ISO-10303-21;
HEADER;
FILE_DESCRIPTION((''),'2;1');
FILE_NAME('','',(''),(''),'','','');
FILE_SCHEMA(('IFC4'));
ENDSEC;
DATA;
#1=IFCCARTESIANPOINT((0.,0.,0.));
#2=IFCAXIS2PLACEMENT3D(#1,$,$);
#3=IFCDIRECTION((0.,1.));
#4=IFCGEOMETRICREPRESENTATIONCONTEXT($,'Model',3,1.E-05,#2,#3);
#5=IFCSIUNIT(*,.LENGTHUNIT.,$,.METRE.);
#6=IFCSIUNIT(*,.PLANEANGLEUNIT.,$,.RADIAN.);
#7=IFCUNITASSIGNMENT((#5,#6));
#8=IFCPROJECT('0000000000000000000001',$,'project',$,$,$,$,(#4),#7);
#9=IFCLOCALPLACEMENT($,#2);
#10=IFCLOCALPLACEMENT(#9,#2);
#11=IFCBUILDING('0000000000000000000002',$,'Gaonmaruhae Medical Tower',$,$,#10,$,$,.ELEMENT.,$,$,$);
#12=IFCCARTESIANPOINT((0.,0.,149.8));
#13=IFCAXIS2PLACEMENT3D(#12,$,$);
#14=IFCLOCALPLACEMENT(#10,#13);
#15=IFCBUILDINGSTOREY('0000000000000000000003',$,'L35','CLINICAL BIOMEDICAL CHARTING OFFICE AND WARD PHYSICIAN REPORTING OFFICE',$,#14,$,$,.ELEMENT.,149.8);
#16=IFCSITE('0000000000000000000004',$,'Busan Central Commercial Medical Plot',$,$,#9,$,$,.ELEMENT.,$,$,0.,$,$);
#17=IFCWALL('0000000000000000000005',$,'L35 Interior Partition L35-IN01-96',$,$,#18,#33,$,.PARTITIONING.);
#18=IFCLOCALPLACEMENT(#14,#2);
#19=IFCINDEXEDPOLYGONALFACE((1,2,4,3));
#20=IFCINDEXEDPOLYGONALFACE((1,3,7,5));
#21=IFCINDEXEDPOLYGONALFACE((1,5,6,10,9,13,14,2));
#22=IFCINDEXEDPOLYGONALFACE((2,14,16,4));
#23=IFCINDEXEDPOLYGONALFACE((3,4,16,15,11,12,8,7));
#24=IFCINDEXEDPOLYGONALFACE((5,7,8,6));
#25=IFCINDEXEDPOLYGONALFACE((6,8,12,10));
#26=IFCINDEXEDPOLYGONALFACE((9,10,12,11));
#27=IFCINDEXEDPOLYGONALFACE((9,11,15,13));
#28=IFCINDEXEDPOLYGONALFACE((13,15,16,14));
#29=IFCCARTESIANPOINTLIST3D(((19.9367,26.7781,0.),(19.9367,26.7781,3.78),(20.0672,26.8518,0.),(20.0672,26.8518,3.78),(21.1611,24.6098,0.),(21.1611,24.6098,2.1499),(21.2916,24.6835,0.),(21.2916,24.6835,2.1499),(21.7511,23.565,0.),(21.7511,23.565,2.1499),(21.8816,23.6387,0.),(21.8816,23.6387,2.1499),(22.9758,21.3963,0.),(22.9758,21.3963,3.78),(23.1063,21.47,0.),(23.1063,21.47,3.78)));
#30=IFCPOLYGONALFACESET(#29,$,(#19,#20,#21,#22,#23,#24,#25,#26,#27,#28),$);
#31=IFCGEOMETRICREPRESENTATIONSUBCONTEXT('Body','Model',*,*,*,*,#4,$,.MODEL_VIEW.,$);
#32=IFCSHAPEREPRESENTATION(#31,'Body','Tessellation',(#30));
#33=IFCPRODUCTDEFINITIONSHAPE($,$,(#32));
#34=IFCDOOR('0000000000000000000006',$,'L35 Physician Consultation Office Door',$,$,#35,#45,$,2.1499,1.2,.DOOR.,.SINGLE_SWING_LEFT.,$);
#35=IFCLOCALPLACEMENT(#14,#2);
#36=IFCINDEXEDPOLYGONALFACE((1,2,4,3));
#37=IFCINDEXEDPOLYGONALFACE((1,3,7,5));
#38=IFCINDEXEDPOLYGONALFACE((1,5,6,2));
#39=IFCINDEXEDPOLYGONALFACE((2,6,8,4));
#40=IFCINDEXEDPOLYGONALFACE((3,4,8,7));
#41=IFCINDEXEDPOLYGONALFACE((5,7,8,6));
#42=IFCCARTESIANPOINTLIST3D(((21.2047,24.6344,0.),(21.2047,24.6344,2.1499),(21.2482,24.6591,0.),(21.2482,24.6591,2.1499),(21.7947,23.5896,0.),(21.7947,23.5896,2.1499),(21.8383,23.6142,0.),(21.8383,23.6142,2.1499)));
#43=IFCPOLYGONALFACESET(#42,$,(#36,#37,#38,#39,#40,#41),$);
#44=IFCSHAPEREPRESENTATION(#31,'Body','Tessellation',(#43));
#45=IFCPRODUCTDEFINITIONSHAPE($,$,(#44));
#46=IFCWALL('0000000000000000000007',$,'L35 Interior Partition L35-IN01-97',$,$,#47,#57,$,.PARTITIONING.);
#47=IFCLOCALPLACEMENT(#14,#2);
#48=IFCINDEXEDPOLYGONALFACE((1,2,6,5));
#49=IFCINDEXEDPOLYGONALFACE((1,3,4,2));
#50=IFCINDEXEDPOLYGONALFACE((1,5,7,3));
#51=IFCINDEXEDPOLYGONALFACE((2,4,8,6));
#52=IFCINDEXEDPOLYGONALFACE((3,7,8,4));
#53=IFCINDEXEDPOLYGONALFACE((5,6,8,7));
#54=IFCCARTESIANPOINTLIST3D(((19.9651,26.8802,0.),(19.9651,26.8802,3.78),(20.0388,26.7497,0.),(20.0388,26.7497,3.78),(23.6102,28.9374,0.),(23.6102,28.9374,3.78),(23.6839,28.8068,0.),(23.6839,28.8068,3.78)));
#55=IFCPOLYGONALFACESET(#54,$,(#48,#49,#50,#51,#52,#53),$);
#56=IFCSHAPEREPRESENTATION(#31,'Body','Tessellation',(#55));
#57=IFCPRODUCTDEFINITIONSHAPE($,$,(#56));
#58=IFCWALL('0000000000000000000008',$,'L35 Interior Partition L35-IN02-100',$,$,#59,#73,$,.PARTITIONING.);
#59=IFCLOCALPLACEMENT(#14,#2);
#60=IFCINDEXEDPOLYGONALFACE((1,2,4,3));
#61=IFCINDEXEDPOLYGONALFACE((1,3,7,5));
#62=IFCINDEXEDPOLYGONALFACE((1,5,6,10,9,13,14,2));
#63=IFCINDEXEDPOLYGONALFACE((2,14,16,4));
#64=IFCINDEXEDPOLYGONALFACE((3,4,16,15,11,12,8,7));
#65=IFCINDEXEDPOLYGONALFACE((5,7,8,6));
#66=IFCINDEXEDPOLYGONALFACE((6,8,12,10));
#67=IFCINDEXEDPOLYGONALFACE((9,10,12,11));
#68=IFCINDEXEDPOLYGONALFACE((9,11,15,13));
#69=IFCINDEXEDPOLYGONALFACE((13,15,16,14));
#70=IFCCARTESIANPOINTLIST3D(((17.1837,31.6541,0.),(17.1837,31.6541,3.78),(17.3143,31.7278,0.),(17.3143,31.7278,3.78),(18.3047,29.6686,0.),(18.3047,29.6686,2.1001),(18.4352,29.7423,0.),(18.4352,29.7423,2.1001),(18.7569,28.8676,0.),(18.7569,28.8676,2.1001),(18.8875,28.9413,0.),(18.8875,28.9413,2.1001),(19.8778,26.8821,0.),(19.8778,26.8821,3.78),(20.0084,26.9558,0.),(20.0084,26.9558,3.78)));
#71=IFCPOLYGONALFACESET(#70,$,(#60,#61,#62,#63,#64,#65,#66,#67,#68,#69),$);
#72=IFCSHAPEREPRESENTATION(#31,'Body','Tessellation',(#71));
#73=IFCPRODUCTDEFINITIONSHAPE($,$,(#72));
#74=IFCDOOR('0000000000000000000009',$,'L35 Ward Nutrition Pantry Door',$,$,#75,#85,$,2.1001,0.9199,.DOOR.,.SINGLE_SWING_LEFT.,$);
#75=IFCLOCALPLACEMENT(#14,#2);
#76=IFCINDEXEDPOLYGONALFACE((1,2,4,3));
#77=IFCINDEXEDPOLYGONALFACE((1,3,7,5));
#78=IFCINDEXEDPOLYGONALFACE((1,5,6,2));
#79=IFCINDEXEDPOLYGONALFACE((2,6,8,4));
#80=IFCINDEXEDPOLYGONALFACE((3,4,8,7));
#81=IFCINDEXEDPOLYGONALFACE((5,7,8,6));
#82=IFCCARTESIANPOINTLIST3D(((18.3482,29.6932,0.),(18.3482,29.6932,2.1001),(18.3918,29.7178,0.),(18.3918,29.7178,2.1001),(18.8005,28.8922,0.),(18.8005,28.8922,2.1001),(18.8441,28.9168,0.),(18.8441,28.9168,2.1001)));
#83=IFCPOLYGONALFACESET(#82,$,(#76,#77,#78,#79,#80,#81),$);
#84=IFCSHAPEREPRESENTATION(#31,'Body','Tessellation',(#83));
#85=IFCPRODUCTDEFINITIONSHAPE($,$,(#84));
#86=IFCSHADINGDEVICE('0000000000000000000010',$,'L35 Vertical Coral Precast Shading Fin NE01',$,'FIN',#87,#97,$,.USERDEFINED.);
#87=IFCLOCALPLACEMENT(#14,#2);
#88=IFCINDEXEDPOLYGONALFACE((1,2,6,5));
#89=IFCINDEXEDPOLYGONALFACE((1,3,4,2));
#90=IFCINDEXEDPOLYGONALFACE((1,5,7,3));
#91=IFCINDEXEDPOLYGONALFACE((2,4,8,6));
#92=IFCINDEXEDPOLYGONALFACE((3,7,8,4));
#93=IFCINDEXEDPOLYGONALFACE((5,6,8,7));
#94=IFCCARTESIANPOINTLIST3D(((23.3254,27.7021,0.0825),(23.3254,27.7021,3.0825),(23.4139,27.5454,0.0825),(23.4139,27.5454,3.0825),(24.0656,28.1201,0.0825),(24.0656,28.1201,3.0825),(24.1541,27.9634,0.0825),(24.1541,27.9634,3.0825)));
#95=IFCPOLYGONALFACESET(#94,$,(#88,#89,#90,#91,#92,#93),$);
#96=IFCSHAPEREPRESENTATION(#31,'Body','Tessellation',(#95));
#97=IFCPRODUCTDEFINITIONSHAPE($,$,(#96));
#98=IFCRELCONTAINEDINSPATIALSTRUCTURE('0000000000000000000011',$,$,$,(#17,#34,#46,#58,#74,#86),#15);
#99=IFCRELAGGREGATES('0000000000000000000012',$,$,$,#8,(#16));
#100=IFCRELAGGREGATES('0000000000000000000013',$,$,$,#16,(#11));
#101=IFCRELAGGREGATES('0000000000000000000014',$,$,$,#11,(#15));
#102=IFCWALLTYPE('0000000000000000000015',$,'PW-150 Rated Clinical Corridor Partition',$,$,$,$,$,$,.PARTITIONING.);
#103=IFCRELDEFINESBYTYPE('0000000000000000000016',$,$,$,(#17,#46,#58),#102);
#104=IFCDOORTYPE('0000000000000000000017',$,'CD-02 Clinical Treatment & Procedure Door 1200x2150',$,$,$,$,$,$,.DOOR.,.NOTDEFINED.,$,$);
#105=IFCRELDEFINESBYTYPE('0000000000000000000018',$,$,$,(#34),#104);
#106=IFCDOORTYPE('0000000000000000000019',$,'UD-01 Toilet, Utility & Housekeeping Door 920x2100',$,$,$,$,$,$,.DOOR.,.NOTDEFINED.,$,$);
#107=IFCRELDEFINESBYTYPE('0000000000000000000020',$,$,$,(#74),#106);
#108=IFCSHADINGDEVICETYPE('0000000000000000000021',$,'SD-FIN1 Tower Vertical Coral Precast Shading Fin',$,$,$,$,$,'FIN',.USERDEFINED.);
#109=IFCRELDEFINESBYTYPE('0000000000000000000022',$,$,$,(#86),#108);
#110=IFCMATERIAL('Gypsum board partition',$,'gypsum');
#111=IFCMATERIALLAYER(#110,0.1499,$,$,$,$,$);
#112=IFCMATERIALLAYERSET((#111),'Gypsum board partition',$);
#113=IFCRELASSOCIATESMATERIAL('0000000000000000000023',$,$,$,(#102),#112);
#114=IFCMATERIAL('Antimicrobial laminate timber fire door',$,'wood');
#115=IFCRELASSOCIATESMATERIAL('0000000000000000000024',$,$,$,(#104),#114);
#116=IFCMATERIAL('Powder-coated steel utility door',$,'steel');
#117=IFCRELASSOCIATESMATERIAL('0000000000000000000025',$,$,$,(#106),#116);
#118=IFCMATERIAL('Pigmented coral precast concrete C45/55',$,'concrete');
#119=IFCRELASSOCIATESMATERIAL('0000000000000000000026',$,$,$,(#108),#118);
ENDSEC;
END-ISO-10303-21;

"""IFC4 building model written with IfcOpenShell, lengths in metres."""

from ifc_helpers import new_model, si_unit, direction, frame, frame_2d, origin, origin_2d, place, context, subcontext, project, spatial, rectangle, extrude, material, layer, layer_set, type_object, element, fill, save


model = new_model("IFC4")

# Units and contexts
model_context = context("Model", 3, precision=1e-05, world=origin(), true_north=direction((0.0, 1.0)))
body_context = subcontext(model_context, "Body", "Model", "MODEL_VIEW")
ifc_project = project(units=[si_unit("LENGTHUNIT", "METRE"), si_unit("PLANEANGLEUNIT", "RADIAN")], contexts=[model_context])

# Site, building, storey
site_placement = place(None, origin())
site = spatial("IfcSite", under=ifc_project, at=site_placement, Name="Busan Central Commercial Medical Plot", CompositionType="ELEMENT", RefElevation=0.0)
building_placement = place(site_placement, origin())
building = spatial("IfcBuilding", under=site, at=building_placement, Name="Gaonmaruhae Medical Tower", CompositionType="ELEMENT")
storey_placement = place(building_placement, frame((0.0, 0.0, 149.8)))
storey = spatial("IfcBuildingStorey", under=building, at=storey_placement, Name="L35", Description="CLINICAL BIOMEDICAL CHARTING OFFICE AND WARD PHYSICIAN REPORTING OFFICE", CompositionType="ELEMENT", Elevation=149.8)

# Shared definitions
ifc_material_1 = material(Name="Gypsum board partition", Category="gypsum")
ifc_layer_1 = layer(ifc_material_1, 0.1499)
ifc_layer_set_1 = layer_set([ifc_layer_1], Name="Gypsum board partition")
wall_type_1 = type_object("IfcWallType", Name="PW-150 Rated Clinical Corridor Partition", PredefinedType="PARTITIONING", material=ifc_layer_set_1)

# Shared definitions
ifc_material_2 = material(Name="Antimicrobial laminate timber fire door", Category="wood")
door_type_1 = type_object("IfcDoorType", Name="CD-02 Clinical Treatment & Procedure Door 1200x2150", OperationType="NOTDEFINED", PredefinedType="DOOR", material=ifc_material_2)

# Wall, opening, door
wall_1_placement = place(storey_placement, frame((23.041, 21.4331, 0.0), z_axis=(0.0, 0.0, 1.0), x_axis=(-0.491708, 0.87076, 0.0)))
wall_1 = element("IfcWall", 1, at=wall_1_placement, inside=storey, type_object=wall_type_1, Name="L35 Interior Partition L35-IN01-96", PredefinedType="PARTITIONING", context=body_context, shape_type="SweptSolid", body=[
    extrude(rectangle(XDim=6.1807, YDim=0.1499, at=frame_2d((3.0903, 0.0))), origin(), (0.0, 0.0, 1.0), 3.78),
])
opening_1_placement = place(wall_1_placement, frame((2.4905, 0.0, 0.0)))
opening_1 = element("IfcOpeningElement", 2, at=opening_1_placement, cuts=wall_1, PredefinedType="OPENING", context=body_context, shape_type="SweptSolid", body=[
    extrude(rectangle(XDim=1.2, YDim=2.1499, at=frame_2d((0.6001, 1.075))), frame((0.0, 0.085, 0.0), z_axis=(0.0, -1.0, 0.0), x_axis=(1.0, 0.0, 0.0)), (0.0, 0.0, 1.0), 0.1699),
])
door_1_placement = place(opening_1_placement, origin())
door_1 = element("IfcDoor", 3, at=door_1_placement, inside=storey, type_object=door_type_1, Name="L35 Physician Consultation Office Door", OperationType="SINGLE_SWING_LEFT", OverallHeight=2.1499, OverallWidth=1.2, PredefinedType="DOOR", context=body_context, shape_type="SweptSolid", body=[
    extrude(rectangle(XDim=1.2, YDim=2.1499, at=frame_2d((0.6001, 1.075))), frame((0.0, 0.0249, 0.0), z_axis=(0.0, -1.0, 0.0), x_axis=(1.0, 0.0, 0.0)), (0.0, 0.0, 1.0), 0.05),
])
fill(opening_1, door_1)

# Wall
wall_2_placement = place(storey_placement, frame((20.002, 26.8149, 0.0), z_axis=(0.0, 0.0, 1.0), x_axis=(0.87088, 0.491496, 0.0)))
element("IfcWall", 4, at=wall_2_placement, inside=storey, type_object=wall_type_1, Name="L35 Interior Partition L35-IN01-97", PredefinedType="PARTITIONING", context=body_context, shape_type="SweptSolid", body=[
    extrude(rectangle(XDim=4.1855, YDim=0.1499, at=frame_2d((2.0928, 0.0))), origin(), (0.0, 0.0, 1.0), 3.78),
])

# Wall, opening, door
wall_3_placement = place(storey_placement, frame((19.9431, 26.9189, 0.0), z_axis=(0.0, 0.0, 1.0), x_axis=(-0.491627, 0.870806, 0.0)))
wall_3 = element("IfcWall", 5, at=wall_3_placement, inside=storey, type_object=wall_type_1, Name="L35 Interior Partition L35-IN02-100", PredefinedType="PARTITIONING", context=body_context, shape_type="SweptSolid", body=[
    extrude(rectangle(XDim=5.48, YDim=0.1499, at=frame_2d((2.74, 0.0))), origin(), (0.0, 0.0, 1.0), 3.78),
])
opening_2_placement = place(wall_3_placement, frame((2.28, 0.0, 0.0)))
opening_2 = element("IfcOpeningElement", 6, at=opening_2_placement, cuts=wall_3, PredefinedType="OPENING", context=body_context, shape_type="SweptSolid", body=[
    extrude(rectangle(XDim=0.9199, YDim=2.1001, at=frame_2d((0.46, 1.05))), frame((0.0, 0.085, 0.0), z_axis=(0.0, -1.0, 0.0), x_axis=(1.0, 0.0, 0.0)), (0.0, 0.0, 1.0), 0.1699),
])
ifc_material_3 = material(Name="Powder-coated steel utility door", Category="steel")
door_type_2 = type_object("IfcDoorType", Name="UD-01 Toilet, Utility & Housekeeping Door 920x2100", OperationType="NOTDEFINED", PredefinedType="DOOR", material=ifc_material_3)
door_2_placement = place(opening_2_placement, origin())
door_2 = element("IfcDoor", 7, at=door_2_placement, inside=storey, type_object=door_type_2, Name="L35 Ward Nutrition Pantry Door", OperationType="SINGLE_SWING_LEFT", OverallHeight=2.1001, OverallWidth=0.9199, PredefinedType="DOOR", context=body_context, shape_type="SweptSolid", body=[
    extrude(rectangle(XDim=0.9199, YDim=2.1001, at=frame_2d((0.46, 1.05))), frame((0.0, 0.0249, 0.0), z_axis=(0.0, -1.0, 0.0), x_axis=(1.0, 0.0, 0.0)), (0.0, 0.0, 1.0), 0.05),
])
fill(opening_2, door_2)

# Shading device
ifc_material_4 = material(Name="Pigmented coral precast concrete C45/55", Category="concrete")
shading_device_type = type_object("IfcShadingDeviceType", Name="SD-FIN1 Tower Vertical Coral Precast Shading Fin", ElementType="FIN", PredefinedType="USERDEFINED", material=ifc_material_4)
shading_device_placement = place(storey_placement, frame((23.7397, 27.8328, 0.0825), z_axis=(0.0, 0.0, 1.0), x_axis=(-0.491664, 0.870785, 0.0)))
element("IfcShadingDevice", 8, at=shading_device_placement, inside=storey, type_object=shading_device_type, Name="L35 Vertical Coral Precast Shading Fin NE01", ObjectType="FIN", PredefinedType="USERDEFINED", context=body_context, shape_type="SweptSolid", body=[
    extrude(rectangle(XDim=0.1799, YDim=0.8501, at=origin_2d()), origin(), (0.0, 0.0, 1.0), 3.0),
])

save(model, "model.ifc")
